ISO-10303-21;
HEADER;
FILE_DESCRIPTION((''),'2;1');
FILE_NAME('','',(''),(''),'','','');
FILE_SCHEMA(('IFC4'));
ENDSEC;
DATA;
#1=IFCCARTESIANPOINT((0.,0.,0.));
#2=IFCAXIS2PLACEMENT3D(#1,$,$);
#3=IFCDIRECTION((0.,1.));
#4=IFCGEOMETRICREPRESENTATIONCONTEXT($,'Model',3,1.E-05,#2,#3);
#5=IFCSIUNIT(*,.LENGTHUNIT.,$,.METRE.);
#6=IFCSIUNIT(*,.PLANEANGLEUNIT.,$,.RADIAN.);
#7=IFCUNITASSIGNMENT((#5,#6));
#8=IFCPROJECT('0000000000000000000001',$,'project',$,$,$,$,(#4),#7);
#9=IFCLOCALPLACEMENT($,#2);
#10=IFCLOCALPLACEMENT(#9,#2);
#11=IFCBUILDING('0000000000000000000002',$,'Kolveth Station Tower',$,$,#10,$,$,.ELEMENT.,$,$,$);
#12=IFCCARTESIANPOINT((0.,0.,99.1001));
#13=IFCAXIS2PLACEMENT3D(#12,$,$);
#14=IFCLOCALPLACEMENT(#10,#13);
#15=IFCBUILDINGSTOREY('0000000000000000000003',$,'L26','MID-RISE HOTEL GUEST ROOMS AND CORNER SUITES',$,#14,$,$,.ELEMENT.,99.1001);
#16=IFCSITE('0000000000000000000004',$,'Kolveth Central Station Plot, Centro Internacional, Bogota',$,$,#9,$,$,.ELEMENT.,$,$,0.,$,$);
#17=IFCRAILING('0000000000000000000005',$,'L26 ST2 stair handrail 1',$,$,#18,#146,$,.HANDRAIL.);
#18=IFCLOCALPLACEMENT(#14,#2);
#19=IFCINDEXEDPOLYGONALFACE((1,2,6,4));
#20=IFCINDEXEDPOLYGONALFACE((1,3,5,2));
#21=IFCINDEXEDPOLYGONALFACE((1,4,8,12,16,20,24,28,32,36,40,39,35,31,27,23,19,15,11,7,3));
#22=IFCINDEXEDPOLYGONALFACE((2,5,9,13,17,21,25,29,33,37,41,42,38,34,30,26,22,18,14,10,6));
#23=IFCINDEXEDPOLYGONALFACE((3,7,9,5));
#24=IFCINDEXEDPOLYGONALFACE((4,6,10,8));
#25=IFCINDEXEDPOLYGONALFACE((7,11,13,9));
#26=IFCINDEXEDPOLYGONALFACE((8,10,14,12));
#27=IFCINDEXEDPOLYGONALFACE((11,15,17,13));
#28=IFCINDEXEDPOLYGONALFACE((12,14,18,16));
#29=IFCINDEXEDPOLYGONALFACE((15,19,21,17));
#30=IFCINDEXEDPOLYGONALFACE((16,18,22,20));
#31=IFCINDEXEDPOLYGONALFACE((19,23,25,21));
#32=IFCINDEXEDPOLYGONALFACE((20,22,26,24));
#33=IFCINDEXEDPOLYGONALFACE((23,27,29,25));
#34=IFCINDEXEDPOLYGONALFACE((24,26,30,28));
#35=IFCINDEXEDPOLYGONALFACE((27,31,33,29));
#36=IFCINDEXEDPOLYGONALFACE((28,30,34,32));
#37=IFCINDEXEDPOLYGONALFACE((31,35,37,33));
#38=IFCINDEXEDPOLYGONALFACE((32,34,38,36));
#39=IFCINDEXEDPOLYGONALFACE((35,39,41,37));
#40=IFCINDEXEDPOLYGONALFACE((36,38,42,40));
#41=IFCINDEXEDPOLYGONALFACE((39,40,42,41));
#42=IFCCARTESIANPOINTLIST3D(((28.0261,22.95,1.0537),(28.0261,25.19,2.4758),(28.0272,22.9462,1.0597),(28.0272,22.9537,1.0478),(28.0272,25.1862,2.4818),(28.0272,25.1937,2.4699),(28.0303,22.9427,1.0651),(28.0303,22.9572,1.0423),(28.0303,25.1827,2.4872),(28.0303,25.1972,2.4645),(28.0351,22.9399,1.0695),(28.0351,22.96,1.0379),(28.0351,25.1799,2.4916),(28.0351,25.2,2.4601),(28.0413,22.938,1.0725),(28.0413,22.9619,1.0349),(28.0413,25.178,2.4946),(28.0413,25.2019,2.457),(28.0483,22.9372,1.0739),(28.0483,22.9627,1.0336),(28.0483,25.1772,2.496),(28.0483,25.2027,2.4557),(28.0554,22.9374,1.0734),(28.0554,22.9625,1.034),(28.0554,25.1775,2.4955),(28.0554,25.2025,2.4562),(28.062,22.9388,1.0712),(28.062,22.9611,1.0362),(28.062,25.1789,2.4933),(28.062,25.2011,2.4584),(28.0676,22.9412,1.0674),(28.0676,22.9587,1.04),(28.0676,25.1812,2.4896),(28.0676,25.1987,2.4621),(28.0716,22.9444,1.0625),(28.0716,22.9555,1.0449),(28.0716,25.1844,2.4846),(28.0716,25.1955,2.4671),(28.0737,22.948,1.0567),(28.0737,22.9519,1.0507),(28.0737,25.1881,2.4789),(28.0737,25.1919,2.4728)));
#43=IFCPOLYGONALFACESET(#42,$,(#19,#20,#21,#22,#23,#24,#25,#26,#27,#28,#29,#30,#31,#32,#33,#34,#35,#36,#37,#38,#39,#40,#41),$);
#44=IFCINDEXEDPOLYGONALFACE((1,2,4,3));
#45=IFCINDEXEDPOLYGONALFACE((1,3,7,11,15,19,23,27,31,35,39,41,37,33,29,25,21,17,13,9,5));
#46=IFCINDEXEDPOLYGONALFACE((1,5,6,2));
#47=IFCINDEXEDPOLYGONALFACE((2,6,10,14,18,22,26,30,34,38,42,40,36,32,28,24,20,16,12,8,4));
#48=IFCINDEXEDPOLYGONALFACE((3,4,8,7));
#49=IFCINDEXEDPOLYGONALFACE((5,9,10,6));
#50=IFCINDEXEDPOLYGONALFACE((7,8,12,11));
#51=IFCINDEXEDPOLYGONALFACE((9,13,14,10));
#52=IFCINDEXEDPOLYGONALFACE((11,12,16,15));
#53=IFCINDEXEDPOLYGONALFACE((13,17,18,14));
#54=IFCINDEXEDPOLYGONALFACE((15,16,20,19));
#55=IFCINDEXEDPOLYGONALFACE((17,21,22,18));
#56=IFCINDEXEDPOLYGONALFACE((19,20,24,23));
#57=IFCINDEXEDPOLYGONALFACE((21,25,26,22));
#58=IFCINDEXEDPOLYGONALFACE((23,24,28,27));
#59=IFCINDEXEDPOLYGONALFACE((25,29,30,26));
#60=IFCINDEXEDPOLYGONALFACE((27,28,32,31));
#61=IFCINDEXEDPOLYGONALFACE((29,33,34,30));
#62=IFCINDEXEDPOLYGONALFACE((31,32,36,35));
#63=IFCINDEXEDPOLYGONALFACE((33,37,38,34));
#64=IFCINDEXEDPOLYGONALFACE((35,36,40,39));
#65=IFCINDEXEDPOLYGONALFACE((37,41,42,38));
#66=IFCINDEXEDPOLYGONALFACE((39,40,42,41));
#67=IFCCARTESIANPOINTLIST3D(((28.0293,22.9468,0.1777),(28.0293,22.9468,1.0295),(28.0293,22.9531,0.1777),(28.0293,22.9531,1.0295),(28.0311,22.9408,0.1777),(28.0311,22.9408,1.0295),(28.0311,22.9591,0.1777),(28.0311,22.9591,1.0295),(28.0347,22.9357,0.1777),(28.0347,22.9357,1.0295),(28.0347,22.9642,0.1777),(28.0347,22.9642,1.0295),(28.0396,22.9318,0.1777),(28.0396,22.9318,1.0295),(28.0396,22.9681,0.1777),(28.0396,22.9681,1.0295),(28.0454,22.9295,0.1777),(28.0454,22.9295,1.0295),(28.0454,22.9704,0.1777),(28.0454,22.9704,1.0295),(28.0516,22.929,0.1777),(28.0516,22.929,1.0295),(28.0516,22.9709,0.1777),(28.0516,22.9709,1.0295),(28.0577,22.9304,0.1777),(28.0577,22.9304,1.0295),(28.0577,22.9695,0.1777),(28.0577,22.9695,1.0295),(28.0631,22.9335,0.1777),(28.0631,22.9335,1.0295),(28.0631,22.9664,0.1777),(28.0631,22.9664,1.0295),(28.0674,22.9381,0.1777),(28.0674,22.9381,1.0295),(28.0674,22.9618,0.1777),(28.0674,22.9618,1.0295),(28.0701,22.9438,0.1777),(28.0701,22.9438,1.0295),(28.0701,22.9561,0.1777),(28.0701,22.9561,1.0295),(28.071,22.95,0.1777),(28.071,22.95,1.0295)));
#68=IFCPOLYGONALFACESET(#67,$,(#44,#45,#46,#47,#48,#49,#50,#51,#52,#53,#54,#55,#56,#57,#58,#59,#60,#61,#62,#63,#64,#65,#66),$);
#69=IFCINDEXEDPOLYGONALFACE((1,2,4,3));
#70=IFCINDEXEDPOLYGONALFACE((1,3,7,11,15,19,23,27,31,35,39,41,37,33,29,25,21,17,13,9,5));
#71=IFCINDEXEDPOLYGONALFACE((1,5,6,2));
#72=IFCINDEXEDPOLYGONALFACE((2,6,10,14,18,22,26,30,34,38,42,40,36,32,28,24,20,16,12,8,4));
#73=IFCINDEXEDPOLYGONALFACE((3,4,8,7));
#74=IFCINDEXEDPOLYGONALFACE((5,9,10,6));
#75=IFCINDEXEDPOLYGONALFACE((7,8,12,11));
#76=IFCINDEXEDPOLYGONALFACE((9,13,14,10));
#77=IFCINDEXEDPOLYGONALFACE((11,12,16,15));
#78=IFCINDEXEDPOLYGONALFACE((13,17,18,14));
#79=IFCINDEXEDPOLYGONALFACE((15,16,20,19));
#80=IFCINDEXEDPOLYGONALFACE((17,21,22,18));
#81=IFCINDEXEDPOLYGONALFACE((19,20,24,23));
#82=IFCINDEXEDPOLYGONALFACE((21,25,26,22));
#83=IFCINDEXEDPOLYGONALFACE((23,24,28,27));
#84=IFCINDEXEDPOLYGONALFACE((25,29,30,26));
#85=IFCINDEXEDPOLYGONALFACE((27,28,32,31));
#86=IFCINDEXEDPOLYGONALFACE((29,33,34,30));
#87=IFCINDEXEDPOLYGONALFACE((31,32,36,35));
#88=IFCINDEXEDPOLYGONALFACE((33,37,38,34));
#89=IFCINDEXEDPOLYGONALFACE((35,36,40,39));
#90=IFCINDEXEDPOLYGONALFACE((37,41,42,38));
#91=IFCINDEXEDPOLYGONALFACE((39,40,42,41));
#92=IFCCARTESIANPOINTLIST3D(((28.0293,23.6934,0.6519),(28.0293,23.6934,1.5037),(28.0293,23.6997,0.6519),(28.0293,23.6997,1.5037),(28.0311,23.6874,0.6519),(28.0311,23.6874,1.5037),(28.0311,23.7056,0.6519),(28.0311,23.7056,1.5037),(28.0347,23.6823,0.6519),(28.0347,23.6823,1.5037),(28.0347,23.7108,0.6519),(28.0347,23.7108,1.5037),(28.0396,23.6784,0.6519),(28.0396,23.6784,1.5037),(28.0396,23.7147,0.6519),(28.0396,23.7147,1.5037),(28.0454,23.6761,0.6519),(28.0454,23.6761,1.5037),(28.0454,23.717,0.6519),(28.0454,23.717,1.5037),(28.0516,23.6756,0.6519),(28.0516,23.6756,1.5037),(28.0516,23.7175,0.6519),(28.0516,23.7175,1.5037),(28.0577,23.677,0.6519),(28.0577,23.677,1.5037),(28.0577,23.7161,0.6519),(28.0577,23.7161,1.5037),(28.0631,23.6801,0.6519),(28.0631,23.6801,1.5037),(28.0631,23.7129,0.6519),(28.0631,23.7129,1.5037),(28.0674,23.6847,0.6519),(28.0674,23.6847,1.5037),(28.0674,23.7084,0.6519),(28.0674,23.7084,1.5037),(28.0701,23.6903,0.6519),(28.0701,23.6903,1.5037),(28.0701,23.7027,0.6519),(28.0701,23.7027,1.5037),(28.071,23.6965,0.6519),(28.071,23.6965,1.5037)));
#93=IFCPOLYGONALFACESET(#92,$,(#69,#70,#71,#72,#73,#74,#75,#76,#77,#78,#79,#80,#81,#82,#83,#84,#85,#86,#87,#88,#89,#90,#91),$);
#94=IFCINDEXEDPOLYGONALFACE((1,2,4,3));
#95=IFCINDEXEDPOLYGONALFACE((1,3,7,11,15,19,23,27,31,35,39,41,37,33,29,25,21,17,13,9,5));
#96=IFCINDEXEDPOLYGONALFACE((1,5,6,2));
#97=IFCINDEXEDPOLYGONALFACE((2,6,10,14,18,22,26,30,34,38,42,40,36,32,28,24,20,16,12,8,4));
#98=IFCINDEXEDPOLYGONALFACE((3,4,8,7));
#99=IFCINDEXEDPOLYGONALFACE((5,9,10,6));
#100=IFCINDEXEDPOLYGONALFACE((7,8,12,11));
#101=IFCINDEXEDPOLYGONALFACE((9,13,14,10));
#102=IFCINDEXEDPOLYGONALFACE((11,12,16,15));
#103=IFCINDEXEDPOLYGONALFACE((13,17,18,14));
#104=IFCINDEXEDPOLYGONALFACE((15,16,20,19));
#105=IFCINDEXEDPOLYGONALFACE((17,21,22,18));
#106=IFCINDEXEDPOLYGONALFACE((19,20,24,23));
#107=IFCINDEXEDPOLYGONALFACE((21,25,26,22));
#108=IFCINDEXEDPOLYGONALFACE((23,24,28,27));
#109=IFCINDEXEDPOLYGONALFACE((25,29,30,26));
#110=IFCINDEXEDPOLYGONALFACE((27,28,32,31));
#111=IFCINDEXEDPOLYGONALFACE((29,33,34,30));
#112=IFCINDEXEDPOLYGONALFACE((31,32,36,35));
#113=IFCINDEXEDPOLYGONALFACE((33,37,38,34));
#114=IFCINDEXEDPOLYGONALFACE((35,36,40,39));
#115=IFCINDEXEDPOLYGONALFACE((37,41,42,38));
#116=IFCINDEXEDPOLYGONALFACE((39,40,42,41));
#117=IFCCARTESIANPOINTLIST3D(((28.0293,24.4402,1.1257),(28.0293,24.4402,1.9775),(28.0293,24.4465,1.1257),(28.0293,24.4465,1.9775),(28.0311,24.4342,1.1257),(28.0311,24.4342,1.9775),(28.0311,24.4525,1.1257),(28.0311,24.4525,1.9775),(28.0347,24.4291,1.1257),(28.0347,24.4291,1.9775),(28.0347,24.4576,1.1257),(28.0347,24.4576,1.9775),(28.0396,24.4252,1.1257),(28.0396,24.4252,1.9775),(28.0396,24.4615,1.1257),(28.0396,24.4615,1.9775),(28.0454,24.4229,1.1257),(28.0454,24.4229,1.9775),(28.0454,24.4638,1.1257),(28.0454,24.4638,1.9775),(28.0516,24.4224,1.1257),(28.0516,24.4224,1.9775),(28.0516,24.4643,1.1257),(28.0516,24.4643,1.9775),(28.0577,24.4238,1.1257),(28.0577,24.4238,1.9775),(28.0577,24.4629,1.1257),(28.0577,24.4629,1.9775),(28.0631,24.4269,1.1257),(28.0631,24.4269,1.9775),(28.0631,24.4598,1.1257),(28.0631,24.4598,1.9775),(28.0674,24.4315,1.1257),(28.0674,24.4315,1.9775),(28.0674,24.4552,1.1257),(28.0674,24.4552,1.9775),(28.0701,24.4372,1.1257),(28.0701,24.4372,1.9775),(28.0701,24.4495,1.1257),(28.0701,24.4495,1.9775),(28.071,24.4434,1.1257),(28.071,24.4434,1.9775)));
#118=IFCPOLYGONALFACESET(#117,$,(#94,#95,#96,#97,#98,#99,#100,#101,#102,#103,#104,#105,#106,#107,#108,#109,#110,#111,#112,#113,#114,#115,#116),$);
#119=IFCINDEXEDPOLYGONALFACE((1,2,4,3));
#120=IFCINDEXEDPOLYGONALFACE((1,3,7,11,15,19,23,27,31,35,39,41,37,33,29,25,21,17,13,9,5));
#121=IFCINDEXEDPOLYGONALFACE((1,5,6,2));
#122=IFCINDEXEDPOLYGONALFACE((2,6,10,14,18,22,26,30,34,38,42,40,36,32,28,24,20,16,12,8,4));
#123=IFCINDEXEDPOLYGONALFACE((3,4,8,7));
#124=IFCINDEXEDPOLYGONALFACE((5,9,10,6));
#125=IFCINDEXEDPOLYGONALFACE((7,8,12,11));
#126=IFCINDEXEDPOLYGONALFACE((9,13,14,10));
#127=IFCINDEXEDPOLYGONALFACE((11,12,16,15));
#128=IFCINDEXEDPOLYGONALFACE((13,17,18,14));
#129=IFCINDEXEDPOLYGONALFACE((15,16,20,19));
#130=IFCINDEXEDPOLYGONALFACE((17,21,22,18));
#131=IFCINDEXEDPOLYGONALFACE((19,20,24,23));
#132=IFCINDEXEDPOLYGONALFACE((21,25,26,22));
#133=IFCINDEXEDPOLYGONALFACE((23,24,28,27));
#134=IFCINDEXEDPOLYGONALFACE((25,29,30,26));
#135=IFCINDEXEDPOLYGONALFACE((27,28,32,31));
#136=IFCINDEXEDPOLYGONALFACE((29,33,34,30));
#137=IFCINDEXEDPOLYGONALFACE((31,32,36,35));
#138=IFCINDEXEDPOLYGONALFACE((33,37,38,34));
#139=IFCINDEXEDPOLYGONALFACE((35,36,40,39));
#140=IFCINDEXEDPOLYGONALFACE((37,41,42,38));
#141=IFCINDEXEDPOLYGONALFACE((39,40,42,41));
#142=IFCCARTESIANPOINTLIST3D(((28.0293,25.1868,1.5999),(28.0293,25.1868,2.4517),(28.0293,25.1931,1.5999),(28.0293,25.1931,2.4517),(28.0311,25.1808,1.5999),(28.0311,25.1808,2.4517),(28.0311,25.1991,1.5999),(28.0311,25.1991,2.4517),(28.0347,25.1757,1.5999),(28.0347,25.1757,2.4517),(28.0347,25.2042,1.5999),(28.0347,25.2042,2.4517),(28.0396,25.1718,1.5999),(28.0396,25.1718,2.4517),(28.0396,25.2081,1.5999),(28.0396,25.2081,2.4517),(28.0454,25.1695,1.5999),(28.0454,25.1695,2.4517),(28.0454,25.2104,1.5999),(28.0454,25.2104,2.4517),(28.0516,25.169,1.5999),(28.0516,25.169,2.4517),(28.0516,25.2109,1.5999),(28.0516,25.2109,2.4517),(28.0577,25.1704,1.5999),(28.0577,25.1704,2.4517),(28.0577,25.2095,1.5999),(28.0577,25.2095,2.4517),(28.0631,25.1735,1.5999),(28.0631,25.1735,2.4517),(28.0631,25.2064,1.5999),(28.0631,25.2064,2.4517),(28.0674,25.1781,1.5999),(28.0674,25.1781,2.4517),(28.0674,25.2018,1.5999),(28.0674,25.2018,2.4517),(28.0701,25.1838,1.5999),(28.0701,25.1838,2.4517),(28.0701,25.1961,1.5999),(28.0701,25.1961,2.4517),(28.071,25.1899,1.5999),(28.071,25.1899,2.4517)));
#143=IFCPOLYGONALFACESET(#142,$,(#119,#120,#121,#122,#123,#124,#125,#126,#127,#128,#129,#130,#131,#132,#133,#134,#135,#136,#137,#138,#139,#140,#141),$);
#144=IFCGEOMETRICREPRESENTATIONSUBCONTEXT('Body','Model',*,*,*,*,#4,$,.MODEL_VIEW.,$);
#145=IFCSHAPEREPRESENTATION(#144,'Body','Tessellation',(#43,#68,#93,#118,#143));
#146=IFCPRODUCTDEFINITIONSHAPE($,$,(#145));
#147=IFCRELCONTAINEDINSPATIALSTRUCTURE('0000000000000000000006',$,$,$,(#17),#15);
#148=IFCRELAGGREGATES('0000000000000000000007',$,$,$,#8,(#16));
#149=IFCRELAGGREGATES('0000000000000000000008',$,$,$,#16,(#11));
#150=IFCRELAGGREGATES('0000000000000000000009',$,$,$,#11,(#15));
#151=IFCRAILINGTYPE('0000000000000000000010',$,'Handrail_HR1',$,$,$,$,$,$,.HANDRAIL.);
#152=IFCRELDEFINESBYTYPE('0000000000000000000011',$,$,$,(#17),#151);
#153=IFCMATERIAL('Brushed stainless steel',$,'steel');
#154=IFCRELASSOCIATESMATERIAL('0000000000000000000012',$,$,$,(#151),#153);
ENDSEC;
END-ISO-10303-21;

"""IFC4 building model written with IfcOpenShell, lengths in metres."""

from ifc_helpers import new_model, si_unit, direction, frame, origin, origin_2d, place, context, subcontext, project, spatial, circle, extrude, material, type_object, element, save


model = new_model("IFC4")

# Units and contexts
model_context = context("Model", 3, precision=1e-05, world=origin(), true_north=direction((0.0, 1.0)))
body_context = subcontext(model_context, "Body", "Model", "MODEL_VIEW")
ifc_project = project(units=[si_unit("LENGTHUNIT", "METRE"), si_unit("PLANEANGLEUNIT", "RADIAN")], contexts=[model_context])

# Site, building, storey
site_placement = place(None, origin())
site = spatial("IfcSite", under=ifc_project, at=site_placement, Name="Kolveth Central Station Plot, Centro Internacional, Bogota", CompositionType="ELEMENT", RefElevation=0.0)
building_placement = place(site_placement, origin())
building = spatial("IfcBuilding", under=site, at=building_placement, Name="Kolveth Station Tower", CompositionType="ELEMENT")
storey_placement = place(building_placement, frame((0.0, 0.0, 99.1001)))
storey = spatial("IfcBuildingStorey", under=building, at=storey_placement, Name="L26", Description="MID-RISE HOTEL GUEST ROOMS AND CORNER SUITES", CompositionType="ELEMENT", Elevation=99.1001)

# Railing
ifc_material_1 = material(Name="Brushed stainless steel", Category="steel")
railing_type_1 = type_object("IfcRailingType", Name="Handrail_HR1", PredefinedType="HANDRAIL", material=ifc_material_1)
railing_1_placement = place(storey_placement, frame((28.05, 22.95, 0.1777)))
element("IfcRailing", 1, at=railing_1_placement, inside=storey, type_object=railing_type_1, Name="L26 ST2 stair handrail 1", PredefinedType="HANDRAIL", context=body_context, shape_type="SweptSolid", body=[
    extrude(circle(Radius=0.0239, at=origin_2d()), frame((0.0, 0.0, 0.876), z_axis=(0.0, 0.844229, 0.535982), x_axis=(-1.0, 0.0, 0.0)), (0.0, 0.0, 1.0), 2.6533),
    extrude(circle(Radius=0.021, at=origin_2d()), origin(), (0.0, 0.0, 1.0), 0.8518),
    extrude(circle(Radius=0.021, at=origin_2d()), frame((0.0, 0.7466, 0.4741)), (0.0, 0.0, 1.0), 0.8518),
    extrude(circle(Radius=0.021, at=origin_2d()), frame((0.0, 1.4934, 0.948)), (0.0, 0.0, 1.0), 0.8518),
    extrude(circle(Radius=0.021, at=origin_2d()), frame((0.0, 2.24, 1.4221)), (0.0, 0.0, 1.0), 0.8518),
])

save(model, "model.ifc")
